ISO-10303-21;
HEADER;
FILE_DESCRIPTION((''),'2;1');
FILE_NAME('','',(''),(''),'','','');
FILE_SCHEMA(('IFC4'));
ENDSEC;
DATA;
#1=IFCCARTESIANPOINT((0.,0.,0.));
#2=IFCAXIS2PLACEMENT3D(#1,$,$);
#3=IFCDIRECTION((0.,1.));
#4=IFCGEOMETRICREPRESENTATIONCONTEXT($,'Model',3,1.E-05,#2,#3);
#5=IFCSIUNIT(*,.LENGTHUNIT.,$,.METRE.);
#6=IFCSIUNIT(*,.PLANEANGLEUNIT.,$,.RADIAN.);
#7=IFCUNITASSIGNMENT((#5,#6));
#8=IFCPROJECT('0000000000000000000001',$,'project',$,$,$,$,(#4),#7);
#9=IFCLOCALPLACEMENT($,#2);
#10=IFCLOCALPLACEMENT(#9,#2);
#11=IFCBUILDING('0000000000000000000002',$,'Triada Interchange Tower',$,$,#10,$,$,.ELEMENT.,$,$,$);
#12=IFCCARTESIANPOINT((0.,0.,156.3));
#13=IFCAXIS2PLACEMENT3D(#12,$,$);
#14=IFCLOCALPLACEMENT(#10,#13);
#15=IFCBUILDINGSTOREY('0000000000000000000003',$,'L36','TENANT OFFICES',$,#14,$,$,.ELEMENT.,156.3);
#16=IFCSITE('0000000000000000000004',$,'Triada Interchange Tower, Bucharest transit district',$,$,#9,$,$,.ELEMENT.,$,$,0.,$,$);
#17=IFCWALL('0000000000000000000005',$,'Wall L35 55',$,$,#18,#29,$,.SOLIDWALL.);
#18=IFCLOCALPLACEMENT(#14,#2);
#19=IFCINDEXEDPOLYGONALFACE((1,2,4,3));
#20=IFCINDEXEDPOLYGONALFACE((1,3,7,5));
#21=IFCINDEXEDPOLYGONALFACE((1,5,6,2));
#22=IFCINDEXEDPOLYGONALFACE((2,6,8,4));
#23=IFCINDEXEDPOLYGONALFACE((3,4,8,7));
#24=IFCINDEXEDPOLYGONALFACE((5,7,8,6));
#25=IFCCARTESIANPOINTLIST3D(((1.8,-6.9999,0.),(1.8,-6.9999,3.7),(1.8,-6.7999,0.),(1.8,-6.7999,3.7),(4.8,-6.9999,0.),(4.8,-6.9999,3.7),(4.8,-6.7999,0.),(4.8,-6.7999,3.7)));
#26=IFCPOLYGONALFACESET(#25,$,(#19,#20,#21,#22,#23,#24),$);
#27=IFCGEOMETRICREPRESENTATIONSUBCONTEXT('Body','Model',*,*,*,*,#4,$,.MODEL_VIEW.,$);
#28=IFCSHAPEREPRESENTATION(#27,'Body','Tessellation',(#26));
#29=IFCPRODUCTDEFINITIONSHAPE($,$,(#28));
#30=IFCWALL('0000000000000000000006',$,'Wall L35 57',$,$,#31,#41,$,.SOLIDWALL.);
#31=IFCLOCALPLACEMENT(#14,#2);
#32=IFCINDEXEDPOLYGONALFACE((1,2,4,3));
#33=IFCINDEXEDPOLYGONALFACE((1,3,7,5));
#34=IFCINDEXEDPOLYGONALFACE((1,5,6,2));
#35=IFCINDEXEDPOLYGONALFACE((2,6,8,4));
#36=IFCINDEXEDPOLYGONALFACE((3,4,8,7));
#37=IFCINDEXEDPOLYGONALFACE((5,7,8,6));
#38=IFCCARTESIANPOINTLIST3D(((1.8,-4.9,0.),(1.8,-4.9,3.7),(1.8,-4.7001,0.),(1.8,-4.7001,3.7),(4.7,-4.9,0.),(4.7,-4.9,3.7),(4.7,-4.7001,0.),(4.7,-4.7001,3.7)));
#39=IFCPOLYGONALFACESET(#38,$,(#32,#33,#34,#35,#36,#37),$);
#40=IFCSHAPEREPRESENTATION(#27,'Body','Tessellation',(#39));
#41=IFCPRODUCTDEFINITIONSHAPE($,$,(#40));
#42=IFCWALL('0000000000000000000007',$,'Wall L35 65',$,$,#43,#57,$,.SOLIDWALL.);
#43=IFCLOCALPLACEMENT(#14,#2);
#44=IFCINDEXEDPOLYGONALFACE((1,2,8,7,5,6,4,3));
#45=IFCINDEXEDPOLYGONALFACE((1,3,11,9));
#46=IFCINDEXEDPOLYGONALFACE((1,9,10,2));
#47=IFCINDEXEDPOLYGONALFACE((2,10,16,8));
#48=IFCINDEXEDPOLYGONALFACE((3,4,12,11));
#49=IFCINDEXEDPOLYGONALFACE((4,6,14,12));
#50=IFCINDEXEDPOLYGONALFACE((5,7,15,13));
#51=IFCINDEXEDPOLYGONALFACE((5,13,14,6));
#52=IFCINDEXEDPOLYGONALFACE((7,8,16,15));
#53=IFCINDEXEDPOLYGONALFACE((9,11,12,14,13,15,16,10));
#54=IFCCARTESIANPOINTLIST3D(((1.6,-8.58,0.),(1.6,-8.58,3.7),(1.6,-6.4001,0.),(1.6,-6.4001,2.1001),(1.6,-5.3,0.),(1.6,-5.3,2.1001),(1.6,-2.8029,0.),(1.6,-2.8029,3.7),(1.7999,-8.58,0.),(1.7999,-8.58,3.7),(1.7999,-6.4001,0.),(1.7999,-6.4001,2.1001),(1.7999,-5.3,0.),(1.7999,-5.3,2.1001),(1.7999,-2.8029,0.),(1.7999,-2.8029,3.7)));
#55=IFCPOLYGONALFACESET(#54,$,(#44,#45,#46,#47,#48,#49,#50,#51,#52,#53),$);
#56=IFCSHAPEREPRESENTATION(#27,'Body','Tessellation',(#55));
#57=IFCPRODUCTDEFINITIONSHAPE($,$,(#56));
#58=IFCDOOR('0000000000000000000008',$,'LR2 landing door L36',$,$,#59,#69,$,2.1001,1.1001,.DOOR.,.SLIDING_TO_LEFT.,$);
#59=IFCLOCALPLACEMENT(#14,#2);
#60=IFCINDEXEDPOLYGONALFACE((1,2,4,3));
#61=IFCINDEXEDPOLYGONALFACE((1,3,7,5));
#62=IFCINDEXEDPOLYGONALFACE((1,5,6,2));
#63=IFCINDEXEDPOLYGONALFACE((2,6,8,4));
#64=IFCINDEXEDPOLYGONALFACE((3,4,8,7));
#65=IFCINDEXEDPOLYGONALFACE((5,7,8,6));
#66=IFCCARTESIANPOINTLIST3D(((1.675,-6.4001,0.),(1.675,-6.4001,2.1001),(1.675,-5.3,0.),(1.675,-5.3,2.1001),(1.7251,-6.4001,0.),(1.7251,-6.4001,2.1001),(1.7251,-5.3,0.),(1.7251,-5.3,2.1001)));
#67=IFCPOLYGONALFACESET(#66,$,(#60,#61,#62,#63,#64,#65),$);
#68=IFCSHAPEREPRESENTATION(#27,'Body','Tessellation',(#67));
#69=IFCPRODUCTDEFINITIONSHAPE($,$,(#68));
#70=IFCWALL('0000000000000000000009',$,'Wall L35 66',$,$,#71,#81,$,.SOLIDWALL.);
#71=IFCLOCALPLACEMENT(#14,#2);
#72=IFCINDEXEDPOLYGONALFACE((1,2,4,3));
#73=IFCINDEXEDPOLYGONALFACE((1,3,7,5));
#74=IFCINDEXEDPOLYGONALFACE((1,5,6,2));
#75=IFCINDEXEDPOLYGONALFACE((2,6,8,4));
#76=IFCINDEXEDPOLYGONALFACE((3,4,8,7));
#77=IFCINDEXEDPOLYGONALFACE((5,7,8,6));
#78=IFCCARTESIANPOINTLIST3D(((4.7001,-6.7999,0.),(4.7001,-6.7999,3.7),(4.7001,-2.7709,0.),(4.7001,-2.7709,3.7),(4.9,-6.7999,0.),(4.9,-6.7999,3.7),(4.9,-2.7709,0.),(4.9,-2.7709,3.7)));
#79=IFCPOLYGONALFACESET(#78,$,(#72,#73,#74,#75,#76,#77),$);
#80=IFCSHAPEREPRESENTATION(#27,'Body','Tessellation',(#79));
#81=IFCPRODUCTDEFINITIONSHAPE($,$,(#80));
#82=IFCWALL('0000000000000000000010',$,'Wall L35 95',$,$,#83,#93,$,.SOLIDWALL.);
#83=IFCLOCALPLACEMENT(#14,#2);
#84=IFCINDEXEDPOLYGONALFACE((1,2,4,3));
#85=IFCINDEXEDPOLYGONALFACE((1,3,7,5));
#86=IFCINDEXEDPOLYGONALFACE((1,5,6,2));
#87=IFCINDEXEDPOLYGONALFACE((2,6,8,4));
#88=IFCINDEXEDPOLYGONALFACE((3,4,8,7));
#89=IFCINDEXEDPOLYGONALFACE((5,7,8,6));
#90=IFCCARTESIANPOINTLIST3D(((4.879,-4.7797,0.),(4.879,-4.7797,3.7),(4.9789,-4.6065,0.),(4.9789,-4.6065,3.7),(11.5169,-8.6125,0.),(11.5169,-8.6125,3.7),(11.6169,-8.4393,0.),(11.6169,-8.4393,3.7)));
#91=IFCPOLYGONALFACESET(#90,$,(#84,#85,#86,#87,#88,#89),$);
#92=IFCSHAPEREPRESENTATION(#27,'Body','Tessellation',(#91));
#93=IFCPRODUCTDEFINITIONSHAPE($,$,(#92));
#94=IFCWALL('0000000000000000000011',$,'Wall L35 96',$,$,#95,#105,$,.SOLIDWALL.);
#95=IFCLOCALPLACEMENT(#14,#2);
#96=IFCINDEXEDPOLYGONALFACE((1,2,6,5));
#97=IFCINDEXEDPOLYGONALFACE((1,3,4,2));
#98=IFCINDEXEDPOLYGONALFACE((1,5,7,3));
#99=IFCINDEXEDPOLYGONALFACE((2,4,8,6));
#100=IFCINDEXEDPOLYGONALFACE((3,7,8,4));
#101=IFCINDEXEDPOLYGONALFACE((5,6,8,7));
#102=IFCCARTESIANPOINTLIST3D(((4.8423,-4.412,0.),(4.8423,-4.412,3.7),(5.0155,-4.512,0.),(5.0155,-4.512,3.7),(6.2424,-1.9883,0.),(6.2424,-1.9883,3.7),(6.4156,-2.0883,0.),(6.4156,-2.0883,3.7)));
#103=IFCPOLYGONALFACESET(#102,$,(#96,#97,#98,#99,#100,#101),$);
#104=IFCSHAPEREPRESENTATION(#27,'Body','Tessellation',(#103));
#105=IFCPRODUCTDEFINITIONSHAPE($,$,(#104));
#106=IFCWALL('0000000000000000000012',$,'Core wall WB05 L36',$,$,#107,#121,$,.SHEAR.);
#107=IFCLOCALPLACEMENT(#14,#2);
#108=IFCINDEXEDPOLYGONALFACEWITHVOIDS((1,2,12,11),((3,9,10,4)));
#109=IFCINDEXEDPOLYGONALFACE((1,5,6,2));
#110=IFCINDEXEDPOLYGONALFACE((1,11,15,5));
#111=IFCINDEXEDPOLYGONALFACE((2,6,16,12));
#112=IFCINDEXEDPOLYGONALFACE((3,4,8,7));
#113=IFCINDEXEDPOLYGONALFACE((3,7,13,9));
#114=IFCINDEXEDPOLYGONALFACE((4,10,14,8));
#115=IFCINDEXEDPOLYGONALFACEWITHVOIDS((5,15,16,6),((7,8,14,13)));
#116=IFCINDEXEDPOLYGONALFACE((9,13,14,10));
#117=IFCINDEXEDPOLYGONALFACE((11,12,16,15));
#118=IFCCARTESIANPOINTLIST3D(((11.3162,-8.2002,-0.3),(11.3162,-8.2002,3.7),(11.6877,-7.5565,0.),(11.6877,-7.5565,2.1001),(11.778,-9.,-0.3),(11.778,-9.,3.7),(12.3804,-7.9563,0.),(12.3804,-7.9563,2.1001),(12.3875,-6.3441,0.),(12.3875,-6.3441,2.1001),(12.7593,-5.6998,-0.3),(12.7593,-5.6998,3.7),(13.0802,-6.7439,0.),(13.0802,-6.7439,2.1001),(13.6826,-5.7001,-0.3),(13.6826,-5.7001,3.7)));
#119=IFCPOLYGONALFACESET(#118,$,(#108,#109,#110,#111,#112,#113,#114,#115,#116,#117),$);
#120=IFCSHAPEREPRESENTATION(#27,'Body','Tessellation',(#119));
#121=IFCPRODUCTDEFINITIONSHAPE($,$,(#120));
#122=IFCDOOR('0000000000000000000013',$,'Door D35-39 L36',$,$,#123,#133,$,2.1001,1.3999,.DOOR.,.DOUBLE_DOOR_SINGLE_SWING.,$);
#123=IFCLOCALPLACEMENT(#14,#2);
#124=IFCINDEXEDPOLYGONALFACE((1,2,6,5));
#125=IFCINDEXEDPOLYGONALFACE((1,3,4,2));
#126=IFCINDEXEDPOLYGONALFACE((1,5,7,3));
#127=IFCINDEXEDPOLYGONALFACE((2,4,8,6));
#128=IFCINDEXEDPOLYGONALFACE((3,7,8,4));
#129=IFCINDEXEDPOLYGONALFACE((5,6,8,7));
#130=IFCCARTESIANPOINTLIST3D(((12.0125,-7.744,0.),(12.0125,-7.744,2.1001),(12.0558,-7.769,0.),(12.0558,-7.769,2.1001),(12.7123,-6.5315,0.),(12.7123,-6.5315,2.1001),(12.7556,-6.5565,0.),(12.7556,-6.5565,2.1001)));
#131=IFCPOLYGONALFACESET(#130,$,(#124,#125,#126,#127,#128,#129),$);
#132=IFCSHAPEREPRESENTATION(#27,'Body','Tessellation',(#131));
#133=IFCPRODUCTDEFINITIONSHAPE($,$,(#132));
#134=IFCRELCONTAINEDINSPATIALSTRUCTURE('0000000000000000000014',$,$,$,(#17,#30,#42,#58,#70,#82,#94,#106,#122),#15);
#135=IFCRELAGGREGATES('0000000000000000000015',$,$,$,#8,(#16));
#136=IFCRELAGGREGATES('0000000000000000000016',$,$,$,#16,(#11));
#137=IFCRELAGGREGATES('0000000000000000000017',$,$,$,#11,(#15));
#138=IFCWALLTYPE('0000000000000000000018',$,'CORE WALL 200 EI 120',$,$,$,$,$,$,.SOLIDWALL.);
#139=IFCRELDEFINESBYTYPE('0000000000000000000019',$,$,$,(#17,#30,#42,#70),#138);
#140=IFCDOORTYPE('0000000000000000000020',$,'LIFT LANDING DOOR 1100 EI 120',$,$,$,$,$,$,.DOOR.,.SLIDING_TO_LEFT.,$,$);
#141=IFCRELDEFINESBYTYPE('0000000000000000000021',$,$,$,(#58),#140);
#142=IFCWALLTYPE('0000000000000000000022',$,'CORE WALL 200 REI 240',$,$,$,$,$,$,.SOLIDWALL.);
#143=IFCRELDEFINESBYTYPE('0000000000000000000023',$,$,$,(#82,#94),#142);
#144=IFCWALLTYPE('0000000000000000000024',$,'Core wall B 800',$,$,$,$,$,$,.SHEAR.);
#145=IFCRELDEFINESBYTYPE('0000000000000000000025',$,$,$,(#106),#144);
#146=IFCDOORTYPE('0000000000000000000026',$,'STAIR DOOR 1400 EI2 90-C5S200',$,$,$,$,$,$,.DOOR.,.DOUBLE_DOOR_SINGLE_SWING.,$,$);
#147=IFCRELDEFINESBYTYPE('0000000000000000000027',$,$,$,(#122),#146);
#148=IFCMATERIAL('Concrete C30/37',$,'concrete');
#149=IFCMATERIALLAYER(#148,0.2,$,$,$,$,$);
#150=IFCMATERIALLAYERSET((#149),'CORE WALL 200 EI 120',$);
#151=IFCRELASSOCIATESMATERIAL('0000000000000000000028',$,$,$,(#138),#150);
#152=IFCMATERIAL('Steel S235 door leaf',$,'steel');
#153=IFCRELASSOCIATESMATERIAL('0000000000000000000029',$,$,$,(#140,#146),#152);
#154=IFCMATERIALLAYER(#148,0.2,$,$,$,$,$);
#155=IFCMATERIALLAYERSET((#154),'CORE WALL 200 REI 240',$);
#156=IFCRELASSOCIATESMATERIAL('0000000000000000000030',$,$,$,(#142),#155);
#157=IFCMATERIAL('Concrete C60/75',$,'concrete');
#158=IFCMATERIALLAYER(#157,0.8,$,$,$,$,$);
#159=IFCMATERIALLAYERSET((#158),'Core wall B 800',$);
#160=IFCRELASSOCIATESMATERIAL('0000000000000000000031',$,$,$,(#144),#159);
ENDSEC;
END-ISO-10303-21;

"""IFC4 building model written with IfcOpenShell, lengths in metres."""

from ifc_helpers import new_model, si_unit, direction, frame, frame_2d, origin, place, context, subcontext, project, spatial, polyline, rectangle, outline, extrude, material, layer, layer_set, type_object, element, fill, save


model = new_model("IFC4")

# Units and contexts
model_context = context("Model", 3, precision=1e-05, world=origin(), true_north=direction((0.0, 1.0)))
body_context = subcontext(model_context, "Body", "Model", "MODEL_VIEW")
ifc_project = project(units=[si_unit("LENGTHUNIT", "METRE"), si_unit("PLANEANGLEUNIT", "RADIAN")], contexts=[model_context])

# Site, building, storey
site_placement = place(None, origin())
site = spatial("IfcSite", under=ifc_project, at=site_placement, Name="Triada Interchange Tower, Bucharest transit district", CompositionType="ELEMENT", RefElevation=0.0)
building_placement = place(site_placement, origin())
building = spatial("IfcBuilding", under=site, at=building_placement, Name="Triada Interchange Tower", CompositionType="ELEMENT")
storey_placement = place(building_placement, frame((0.0, 0.0, 156.3)))
storey = spatial("IfcBuildingStorey", under=building, at=storey_placement, Name="L36", Description="TENANT OFFICES", CompositionType="ELEMENT", Elevation=156.3)

# Walls
ifc_material_1 = material(Name="Concrete C30/37", Category="concrete")
ifc_layer_1 = layer(ifc_material_1, 0.2)
ifc_layer_set_1 = layer_set([ifc_layer_1], Name="CORE WALL 200 EI 120")
wall_type_1 = type_object("IfcWallType", Name="CORE WALL 200 EI 120", PredefinedType="SOLIDWALL", material=ifc_layer_set_1)
wall_1_placement = place(storey_placement, frame((1.8, -6.8999, 0.0), z_axis=(0.0, 0.0, 1.0), x_axis=(1.0, 0.0, 0.0)))
element("IfcWall", 1, at=wall_1_placement, inside=storey, type_object=wall_type_1, Name="Wall L35 55", PredefinedType="SOLIDWALL", context=body_context, shape_type="SweptSolid", body=[
    extrude(rectangle(XDim=3.0, YDim=0.2, at=frame_2d((1.5, 0.0))), origin(), (0.0, 0.0, 1.0), 3.7),
])
wall_2_placement = place(storey_placement, frame((1.8, -4.8, 0.0), z_axis=(0.0, 0.0, 1.0), x_axis=(1.0, 0.0, 0.0)))
element("IfcWall", 2, at=wall_2_placement, inside=storey, type_object=wall_type_1, Name="Wall L35 57", PredefinedType="SOLIDWALL", context=body_context, shape_type="SweptSolid", body=[
    extrude(rectangle(XDim=2.8999, YDim=0.2, at=frame_2d((1.45, 0.0))), origin(), (0.0, 0.0, 1.0), 3.7),
])

# Wall, opening, door
wall_3_placement = place(storey_placement, frame((1.7, -8.5801, 0.0), z_axis=(0.0, 0.0, 1.0), x_axis=(0.0, 1.0, 0.0)))
wall_3 = element("IfcWall", 3, at=wall_3_placement, inside=storey, type_object=wall_type_1, Name="Wall L35 65", PredefinedType="SOLIDWALL", context=body_context, shape_type="SweptSolid", body=[
    extrude(rectangle(XDim=5.7771, YDim=0.2, at=frame_2d((2.8887, 0.0))), origin(), (0.0, 0.0, 1.0), 3.7),
])
opening_1_placement = place(wall_3_placement, frame((2.1799, 0.0, 0.0)))
opening_1 = element("IfcOpeningElement", 4, at=opening_1_placement, cuts=wall_3, PredefinedType="OPENING", context=body_context, shape_type="SweptSolid", body=[
    extrude(rectangle(XDim=1.1001, YDim=2.1001, at=frame_2d((0.55, 1.05))), frame((0.0, 0.1099, 0.0), z_axis=(0.0, -1.0, 0.0), x_axis=(1.0, 0.0, 0.0)), (0.0, 0.0, 1.0), 0.22),
])
ifc_material_2 = material(Name="Steel S235 door leaf", Category="steel")
door_type_1 = type_object("IfcDoorType", Name="LIFT LANDING DOOR 1100 EI 120", OperationType="SLIDING_TO_LEFT", PredefinedType="DOOR", material=ifc_material_2)
door_1_placement = place(opening_1_placement, origin())
door_1 = element("IfcDoor", 5, at=door_1_placement, inside=storey, type_object=door_type_1, Name="LR2 landing door L36", OperationType="SLIDING_TO_LEFT", OverallHeight=2.1001, OverallWidth=1.1001, PredefinedType="DOOR", context=body_context, shape_type="SweptSolid", body=[
    extrude(rectangle(XDim=1.1001, YDim=2.1001, at=frame_2d((0.55, 1.05))), frame((0.0, 0.0249, 0.0), z_axis=(0.0, -1.0, 0.0), x_axis=(1.0, 0.0, 0.0)), (0.0, 0.0, 1.0), 0.05),
])
fill(opening_1, door_1)

# Walls
wall_4_placement = place(storey_placement, frame((4.8, -6.8, 0.0), z_axis=(0.0, 0.0, 1.0), x_axis=(0.0, 1.0, 0.0)))
element("IfcWall", 6, at=wall_4_placement, inside=storey, type_object=wall_type_1, Name="Wall L35 66", PredefinedType="SOLIDWALL", context=body_context, shape_type="SweptSolid", body=[
    extrude(rectangle(XDim=4.0291, YDim=0.2, at=frame_2d((2.0146, 0.0))), origin(), (0.0, 0.0, 1.0), 3.7),
])
ifc_layer_2 = layer(ifc_material_1, 0.2)
ifc_layer_set_2 = layer_set([ifc_layer_2], Name="CORE WALL 200 REI 240")
wall_type_2 = type_object("IfcWallType", Name="CORE WALL 200 REI 240", PredefinedType="SOLIDWALL", material=ifc_layer_set_2)
wall_5_placement = place(storey_placement, frame((4.929, -4.6931, 0.0), z_axis=(0.0, 0.0, 1.0), x_axis=(0.866006, -0.500034, 0.0)))
element("IfcWall", 7, at=wall_5_placement, inside=storey, type_object=wall_type_2, Name="Wall L35 95", PredefinedType="SOLIDWALL", context=body_context, shape_type="SweptSolid", body=[
    extrude(rectangle(XDim=7.665, YDim=0.2, at=frame_2d((3.8325, 0.0))), origin(), (0.0, 0.0, 1.0), 3.7),
])
wall_6_placement = place(storey_placement, frame((4.929, -4.4619, 0.0), z_axis=(0.0, 0.0, 1.0), x_axis=(0.500201, 0.86591, 0.0)))
element("IfcWall", 8, at=wall_6_placement, inside=storey, type_object=wall_type_2, Name="Wall L35 96", PredefinedType="SOLIDWALL", context=body_context, shape_type="SweptSolid", body=[
    extrude(rectangle(XDim=2.7991, YDim=0.2, at=frame_2d((1.3994, 0.0))), origin(), (0.0, 0.0, 1.0), 3.7),
])

# Wall, opening, door
ifc_material_3 = material(Name="Concrete C60/75", Category="concrete")
ifc_layer_3 = layer(ifc_material_3, 0.8)
ifc_layer_set_3 = layer_set([ifc_layer_3], Name="Core wall B 800")
wall_type_3 = type_object("IfcWallType", Name="Core wall B 800", PredefinedType="SHEAR", material=ifc_layer_set_3)
wall_7_placement = place(storey_placement, frame((11.5471, -8.6001, -0.3), z_axis=(0.0, 0.0, 1.0), x_axis=(0.499872, 0.866099, 0.0)))
wall_7 = element("IfcWall", 9, at=wall_7_placement, inside=storey, type_object=wall_type_3, Name="Core wall WB05 L36", PredefinedType="SHEAR", context=body_context, shape_type="SweptSolid", body=[
    extrude(outline(polyline([(-0.231, -0.3999), (1.6741, -0.3999), (3.5791, -0.3999), (3.1179, 0.3999), (1.6743, 0.3999), (0.231, 0.3999), (-0.231, -0.3999)])), origin(), (0.0, 0.0, 1.0), 4.0),
])
opening_2_placement = place(wall_7_placement, frame((0.9741, 0.0, 0.3)))
opening_2 = element("IfcOpeningElement", 10, at=opening_2_placement, cuts=wall_7, PredefinedType="OPENING", context=body_context, shape_type="SweptSolid", body=[
    extrude(rectangle(XDim=1.3999, YDim=2.1001, at=frame_2d((0.7, 1.05))), frame((0.0, 0.4099, 0.0), z_axis=(0.0, -1.0, 0.0), x_axis=(1.0, 0.0, 0.0)), (0.0, 0.0, 1.0), 0.8201),
])
door_type_2 = type_object("IfcDoorType", Name="STAIR DOOR 1400 EI2 90-C5S200", OperationType="DOUBLE_DOOR_SINGLE_SWING", PredefinedType="DOOR", material=ifc_material_2)
door_2_placement = place(opening_2_placement, origin())
door_2 = element("IfcDoor", 11, at=door_2_placement, inside=storey, type_object=door_type_2, Name="Door D35-39 L36", OperationType="DOUBLE_DOOR_SINGLE_SWING", OverallHeight=2.1001, OverallWidth=1.3999, PredefinedType="DOOR", context=body_context, shape_type="SweptSolid", body=[
    extrude(rectangle(XDim=1.3999, YDim=2.1001, at=frame_2d((0.7, 1.05))), frame((0.0, 0.0249, 0.0), z_axis=(0.0, -1.0, 0.0), x_axis=(1.0, 0.0, 0.0)), (0.0, 0.0, 1.0), 0.05),
])
fill(opening_2, door_2)

save(model, "model.ifc")
